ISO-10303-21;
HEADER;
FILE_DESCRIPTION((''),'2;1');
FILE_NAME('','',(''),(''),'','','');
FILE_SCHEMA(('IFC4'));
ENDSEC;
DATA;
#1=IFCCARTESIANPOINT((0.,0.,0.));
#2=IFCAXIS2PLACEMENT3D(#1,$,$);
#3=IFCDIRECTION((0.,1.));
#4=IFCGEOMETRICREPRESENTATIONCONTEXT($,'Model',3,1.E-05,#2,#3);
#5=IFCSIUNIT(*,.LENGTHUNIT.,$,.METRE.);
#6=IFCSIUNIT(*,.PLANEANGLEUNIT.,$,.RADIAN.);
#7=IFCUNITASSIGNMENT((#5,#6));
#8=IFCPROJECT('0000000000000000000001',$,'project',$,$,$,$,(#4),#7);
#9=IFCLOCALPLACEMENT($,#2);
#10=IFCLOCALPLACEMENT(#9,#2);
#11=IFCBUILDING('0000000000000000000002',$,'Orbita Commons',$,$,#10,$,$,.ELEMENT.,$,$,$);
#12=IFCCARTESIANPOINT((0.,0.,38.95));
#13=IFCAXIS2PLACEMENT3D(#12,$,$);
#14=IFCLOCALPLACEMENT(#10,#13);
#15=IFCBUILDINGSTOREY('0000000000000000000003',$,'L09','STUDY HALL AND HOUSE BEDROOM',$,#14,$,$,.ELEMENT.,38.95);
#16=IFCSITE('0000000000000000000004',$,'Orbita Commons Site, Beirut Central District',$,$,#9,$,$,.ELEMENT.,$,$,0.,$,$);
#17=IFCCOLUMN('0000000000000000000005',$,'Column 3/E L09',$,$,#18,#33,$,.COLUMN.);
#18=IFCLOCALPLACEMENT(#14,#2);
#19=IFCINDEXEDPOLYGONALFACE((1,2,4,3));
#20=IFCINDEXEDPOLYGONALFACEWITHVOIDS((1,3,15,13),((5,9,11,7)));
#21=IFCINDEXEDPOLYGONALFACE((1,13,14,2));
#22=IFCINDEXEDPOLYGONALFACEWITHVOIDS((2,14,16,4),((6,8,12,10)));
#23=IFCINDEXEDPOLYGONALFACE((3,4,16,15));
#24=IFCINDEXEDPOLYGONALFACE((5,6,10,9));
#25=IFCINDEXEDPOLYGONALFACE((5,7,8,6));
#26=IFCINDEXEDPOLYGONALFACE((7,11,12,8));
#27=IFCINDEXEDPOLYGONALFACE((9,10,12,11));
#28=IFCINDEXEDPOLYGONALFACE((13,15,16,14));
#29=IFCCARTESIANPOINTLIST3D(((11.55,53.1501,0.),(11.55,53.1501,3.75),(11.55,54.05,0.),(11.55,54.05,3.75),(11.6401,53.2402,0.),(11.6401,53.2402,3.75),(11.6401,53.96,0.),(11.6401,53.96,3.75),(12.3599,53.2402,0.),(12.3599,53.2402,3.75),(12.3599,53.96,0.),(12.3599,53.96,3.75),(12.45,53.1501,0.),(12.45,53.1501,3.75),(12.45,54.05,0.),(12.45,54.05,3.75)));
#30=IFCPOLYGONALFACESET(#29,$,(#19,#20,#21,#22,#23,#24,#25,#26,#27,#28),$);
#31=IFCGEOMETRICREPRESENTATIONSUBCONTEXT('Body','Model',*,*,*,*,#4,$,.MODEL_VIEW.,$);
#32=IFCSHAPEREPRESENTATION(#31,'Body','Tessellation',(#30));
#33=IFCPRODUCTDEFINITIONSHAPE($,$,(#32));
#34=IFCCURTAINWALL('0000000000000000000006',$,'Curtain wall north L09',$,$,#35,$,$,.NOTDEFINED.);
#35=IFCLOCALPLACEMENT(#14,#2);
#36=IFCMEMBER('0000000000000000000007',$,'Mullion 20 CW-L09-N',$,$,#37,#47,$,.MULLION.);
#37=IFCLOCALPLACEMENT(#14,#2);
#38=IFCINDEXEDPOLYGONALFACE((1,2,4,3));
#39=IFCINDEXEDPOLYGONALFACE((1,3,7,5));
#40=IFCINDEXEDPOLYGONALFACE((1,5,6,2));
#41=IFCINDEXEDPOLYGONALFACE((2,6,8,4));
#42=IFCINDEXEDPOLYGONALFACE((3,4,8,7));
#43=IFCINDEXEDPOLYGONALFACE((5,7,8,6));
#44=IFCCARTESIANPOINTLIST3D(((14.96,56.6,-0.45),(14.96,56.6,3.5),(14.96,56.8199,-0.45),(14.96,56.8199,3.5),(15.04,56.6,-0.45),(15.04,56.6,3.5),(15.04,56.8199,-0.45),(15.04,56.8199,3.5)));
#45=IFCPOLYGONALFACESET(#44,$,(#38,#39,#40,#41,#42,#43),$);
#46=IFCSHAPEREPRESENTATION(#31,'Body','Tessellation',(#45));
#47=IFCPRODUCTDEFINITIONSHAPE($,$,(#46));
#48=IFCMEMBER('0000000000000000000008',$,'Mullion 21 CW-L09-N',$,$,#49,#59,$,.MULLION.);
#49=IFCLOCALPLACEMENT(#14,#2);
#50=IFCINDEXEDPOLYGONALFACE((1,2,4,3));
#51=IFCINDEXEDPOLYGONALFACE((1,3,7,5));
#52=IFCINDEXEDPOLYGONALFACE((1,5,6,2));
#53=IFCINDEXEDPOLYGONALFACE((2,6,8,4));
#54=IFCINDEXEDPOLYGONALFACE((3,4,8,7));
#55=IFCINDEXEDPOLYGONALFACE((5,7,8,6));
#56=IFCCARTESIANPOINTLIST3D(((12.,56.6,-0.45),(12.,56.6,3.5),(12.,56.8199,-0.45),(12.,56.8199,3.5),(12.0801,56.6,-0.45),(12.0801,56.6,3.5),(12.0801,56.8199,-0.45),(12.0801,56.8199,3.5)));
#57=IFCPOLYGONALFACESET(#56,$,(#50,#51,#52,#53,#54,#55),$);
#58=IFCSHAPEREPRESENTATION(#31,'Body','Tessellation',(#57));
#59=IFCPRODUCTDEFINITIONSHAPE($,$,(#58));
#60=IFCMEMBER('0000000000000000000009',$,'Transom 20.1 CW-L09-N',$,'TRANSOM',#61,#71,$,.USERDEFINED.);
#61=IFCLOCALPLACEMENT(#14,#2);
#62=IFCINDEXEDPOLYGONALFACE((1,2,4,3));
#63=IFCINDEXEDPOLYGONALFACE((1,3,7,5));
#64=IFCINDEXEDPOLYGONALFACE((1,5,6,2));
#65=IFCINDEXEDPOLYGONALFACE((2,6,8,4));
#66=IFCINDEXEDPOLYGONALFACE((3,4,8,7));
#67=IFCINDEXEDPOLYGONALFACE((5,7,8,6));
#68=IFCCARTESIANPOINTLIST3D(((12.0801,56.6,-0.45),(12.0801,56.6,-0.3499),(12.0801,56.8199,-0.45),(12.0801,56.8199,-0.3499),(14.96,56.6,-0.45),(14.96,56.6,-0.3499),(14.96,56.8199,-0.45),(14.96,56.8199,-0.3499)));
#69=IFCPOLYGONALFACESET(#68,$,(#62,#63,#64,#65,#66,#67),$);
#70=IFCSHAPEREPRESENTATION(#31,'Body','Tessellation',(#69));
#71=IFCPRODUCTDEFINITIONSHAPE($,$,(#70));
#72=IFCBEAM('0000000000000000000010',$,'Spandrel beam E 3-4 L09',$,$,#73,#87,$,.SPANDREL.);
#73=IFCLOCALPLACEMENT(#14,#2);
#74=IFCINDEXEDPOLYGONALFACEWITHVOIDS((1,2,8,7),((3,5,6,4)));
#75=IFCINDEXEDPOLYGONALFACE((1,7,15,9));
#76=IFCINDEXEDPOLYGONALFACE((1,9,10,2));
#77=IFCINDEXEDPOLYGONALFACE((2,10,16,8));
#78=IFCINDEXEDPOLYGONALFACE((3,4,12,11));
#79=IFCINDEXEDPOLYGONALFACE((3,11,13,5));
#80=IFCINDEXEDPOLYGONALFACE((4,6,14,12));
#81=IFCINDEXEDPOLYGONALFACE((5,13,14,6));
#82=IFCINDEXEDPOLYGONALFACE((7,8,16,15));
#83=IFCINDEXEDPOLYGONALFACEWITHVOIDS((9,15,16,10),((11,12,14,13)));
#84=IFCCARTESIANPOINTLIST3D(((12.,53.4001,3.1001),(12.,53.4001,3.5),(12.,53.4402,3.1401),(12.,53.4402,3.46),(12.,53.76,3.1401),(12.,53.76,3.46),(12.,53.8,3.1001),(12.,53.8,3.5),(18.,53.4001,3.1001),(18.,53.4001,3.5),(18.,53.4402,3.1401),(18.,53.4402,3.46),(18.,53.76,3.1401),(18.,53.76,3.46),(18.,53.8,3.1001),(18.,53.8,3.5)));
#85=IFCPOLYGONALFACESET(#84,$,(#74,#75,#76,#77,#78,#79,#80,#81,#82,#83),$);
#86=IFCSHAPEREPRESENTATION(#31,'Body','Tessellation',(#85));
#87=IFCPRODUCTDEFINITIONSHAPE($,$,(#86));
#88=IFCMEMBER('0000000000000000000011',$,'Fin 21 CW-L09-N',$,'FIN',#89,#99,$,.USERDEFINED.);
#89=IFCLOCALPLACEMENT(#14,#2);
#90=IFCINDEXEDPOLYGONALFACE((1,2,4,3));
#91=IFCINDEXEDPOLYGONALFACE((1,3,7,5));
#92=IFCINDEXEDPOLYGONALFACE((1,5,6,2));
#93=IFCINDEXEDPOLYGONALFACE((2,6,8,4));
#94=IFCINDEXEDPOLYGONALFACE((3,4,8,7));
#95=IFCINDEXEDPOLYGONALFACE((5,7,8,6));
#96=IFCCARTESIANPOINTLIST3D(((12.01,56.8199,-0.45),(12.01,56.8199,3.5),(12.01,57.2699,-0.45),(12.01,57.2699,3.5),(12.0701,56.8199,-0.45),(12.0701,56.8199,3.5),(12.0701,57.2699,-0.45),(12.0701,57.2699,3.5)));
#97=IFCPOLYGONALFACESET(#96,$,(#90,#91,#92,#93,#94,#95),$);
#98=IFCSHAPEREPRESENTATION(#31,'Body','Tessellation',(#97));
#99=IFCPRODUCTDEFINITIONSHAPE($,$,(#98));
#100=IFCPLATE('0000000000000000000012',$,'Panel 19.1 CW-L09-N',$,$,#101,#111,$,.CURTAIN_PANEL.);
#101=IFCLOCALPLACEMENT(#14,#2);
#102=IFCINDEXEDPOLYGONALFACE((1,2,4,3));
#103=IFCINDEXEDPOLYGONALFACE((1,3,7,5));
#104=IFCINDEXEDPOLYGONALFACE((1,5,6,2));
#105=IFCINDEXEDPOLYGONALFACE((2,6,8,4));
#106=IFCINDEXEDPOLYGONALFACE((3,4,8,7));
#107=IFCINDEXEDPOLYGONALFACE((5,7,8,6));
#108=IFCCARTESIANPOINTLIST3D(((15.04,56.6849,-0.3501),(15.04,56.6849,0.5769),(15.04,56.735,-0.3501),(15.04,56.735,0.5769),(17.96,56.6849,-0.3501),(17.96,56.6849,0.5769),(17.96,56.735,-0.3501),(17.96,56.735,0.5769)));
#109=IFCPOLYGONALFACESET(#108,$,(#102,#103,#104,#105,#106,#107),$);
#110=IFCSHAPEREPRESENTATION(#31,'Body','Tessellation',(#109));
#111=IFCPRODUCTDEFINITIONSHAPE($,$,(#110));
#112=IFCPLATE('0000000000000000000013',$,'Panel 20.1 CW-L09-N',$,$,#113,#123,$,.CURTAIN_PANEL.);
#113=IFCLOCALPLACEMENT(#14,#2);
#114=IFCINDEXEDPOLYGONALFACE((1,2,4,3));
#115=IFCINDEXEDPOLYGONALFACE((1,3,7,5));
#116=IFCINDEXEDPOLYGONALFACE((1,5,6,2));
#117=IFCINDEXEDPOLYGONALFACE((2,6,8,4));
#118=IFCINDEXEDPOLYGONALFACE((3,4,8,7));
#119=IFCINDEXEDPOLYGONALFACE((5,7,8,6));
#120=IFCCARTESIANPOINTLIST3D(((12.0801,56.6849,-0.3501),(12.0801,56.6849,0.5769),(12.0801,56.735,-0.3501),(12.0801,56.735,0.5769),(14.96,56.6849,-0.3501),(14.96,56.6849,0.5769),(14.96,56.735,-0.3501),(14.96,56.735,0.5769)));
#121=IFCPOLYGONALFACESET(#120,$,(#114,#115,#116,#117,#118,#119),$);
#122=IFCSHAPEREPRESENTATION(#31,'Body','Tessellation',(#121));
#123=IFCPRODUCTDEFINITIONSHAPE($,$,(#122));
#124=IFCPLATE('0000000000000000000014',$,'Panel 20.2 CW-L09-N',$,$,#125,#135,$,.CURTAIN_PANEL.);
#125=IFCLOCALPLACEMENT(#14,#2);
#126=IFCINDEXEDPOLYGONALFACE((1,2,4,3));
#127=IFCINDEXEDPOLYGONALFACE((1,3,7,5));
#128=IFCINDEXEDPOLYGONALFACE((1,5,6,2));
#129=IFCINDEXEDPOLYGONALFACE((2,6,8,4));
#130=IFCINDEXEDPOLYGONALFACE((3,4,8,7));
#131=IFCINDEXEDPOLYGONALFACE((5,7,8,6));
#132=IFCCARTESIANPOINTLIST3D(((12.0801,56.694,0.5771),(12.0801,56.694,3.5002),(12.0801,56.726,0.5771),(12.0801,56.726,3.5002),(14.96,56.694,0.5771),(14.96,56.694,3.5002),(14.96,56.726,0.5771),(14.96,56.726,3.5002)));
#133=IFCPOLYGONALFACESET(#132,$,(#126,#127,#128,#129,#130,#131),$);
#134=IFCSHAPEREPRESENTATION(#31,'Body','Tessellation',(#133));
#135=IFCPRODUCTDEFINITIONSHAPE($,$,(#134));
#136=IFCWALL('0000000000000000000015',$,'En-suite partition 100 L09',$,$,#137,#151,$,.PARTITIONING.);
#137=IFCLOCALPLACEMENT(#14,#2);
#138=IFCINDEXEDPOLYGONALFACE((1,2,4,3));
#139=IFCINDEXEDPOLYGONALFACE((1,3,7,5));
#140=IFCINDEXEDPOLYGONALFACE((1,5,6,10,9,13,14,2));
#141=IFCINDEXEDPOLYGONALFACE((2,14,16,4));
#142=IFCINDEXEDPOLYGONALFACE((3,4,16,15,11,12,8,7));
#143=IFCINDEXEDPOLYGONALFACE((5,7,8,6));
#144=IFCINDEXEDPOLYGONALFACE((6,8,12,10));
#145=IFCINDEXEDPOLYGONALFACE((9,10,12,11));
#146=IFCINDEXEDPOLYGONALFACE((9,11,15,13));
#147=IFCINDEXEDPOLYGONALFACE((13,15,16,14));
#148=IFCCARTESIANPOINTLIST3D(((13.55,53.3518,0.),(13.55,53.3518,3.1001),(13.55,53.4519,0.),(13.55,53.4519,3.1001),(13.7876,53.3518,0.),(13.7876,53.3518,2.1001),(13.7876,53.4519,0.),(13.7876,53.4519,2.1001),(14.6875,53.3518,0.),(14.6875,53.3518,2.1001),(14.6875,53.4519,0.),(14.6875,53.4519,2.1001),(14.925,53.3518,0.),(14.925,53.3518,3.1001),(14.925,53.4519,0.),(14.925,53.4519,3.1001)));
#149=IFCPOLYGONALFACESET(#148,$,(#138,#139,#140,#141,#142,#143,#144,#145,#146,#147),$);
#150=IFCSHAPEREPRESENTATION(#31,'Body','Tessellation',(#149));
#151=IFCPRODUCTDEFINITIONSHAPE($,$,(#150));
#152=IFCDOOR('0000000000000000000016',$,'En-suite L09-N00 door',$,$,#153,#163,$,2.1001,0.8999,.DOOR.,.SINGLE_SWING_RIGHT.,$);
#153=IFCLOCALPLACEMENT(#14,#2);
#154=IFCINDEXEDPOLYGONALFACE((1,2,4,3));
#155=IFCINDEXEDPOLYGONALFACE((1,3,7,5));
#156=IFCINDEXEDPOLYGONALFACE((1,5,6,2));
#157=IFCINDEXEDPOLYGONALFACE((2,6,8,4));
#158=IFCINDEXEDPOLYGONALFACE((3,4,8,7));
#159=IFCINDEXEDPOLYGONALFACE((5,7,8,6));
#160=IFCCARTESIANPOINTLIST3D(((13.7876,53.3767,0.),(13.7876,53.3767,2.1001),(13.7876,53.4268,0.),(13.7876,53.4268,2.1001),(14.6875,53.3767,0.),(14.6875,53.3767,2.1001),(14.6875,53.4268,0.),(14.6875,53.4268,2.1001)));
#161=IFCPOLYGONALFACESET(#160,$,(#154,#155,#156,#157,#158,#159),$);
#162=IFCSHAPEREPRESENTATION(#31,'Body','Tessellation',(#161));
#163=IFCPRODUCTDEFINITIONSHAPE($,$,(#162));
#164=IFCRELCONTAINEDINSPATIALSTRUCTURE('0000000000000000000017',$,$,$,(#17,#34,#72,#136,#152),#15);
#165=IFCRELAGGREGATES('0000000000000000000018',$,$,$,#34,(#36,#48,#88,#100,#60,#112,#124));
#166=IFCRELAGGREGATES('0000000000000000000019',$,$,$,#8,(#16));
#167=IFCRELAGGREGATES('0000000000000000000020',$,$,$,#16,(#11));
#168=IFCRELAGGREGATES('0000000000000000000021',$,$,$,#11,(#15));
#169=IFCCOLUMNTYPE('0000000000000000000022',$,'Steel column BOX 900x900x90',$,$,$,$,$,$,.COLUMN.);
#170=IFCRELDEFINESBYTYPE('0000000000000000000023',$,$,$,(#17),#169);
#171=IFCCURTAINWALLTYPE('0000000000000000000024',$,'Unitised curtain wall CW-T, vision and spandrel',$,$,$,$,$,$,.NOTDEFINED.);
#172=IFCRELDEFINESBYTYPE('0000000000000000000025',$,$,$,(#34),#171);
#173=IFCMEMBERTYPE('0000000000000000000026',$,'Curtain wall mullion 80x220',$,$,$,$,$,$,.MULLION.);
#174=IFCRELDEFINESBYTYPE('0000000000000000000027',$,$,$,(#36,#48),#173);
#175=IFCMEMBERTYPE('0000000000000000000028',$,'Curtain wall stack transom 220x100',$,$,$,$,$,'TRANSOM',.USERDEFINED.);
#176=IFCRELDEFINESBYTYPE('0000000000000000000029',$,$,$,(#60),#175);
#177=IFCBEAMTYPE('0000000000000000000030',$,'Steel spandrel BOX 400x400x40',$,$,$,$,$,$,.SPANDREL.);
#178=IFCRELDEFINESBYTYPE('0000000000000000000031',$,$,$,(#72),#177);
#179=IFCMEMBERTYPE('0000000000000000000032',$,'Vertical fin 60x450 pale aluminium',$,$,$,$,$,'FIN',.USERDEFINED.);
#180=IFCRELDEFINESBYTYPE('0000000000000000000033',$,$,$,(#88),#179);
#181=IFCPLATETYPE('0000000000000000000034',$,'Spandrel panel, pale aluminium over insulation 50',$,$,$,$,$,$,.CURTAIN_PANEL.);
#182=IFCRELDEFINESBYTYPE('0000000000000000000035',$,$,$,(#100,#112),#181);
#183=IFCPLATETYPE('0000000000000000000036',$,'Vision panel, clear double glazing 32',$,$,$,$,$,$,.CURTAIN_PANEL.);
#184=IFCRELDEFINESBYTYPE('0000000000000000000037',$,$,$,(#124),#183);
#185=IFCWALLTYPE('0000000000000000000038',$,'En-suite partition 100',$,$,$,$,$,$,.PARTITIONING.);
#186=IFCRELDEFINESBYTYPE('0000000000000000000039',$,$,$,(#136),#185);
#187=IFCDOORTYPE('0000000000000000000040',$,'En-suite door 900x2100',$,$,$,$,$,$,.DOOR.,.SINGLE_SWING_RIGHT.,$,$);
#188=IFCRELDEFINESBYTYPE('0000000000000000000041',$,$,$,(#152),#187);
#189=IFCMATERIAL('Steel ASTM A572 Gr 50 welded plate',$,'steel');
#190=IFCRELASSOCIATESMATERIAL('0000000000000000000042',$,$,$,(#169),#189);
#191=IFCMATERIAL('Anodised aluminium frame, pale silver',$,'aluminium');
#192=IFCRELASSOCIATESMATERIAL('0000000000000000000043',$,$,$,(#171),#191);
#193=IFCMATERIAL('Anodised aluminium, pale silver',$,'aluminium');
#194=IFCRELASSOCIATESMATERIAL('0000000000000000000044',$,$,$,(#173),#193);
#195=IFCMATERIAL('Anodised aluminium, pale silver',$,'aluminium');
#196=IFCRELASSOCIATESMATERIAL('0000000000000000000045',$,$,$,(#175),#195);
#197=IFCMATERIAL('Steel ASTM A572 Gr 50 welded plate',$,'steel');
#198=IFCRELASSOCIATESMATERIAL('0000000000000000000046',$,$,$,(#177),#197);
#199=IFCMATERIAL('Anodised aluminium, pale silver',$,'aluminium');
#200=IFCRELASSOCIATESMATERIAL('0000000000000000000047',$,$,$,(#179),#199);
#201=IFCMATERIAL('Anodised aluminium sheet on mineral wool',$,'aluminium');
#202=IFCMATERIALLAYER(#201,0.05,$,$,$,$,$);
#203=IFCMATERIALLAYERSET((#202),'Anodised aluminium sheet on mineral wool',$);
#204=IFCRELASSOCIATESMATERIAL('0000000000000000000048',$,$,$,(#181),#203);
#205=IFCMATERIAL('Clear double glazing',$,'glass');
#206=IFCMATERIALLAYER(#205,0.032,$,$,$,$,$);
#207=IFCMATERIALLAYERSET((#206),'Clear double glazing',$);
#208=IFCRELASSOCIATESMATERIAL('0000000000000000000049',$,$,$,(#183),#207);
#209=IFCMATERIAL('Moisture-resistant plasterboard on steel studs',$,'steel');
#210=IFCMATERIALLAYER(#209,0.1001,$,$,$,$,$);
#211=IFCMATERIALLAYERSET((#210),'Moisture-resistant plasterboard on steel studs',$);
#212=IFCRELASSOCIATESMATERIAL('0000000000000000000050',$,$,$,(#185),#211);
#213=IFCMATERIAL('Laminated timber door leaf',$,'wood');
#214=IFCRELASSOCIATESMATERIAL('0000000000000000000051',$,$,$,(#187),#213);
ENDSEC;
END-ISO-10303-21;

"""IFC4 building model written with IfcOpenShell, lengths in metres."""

from ifc_helpers import new_model, si_unit, direction, frame, frame_2d, origin, origin_2d, place, context, subcontext, project, spatial, polyline, rectangle, hollow_rectangle, outline, extrude, material, layer, layer_set, material_profile, profile_set, type_object, element, fill, aggregate, save


model = new_model("IFC4")

# Units and contexts
model_context = context("Model", 3, precision=1e-05, world=origin(), true_north=direction((0.0, 1.0)))
body_context = subcontext(model_context, "Body", "Model", "MODEL_VIEW")
ifc_project = project(units=[si_unit("LENGTHUNIT", "METRE"), si_unit("PLANEANGLEUNIT", "RADIAN")], contexts=[model_context])

# Site, building, storey
site_placement = place(None, origin())
site = spatial("IfcSite", under=ifc_project, at=site_placement, Name="Orbita Commons Site, Beirut Central District", CompositionType="ELEMENT", RefElevation=0.0)
building_placement = place(site_placement, origin())
building = spatial("IfcBuilding", under=site, at=building_placement, Name="Orbita Commons", CompositionType="ELEMENT")
storey_placement = place(building_placement, frame((0.0, 0.0, 38.95)))
storey = spatial("IfcBuildingStorey", under=building, at=storey_placement, Name="L09", Description="STUDY HALL AND HOUSE BEDROOM", CompositionType="ELEMENT", Elevation=38.95)

# Column
ifc_material_1 = material(Name="Steel ASTM A572 Gr 50 welded plate", Category="steel")
ifc_material_profile_1 = material_profile(ifc_material_1, hollow_rectangle(XDim=0.8999, YDim=0.8999, WallThickness=0.0901, at=origin_2d()), Name="BOX 900x900x90")
ifc_profile_set_1 = profile_set([ifc_material_profile_1], Name="Steel ASTM A572 Gr 50 welded plate")
column_type = type_object("IfcColumnType", Name="Steel column BOX 900x900x90", PredefinedType="COLUMN", material=ifc_profile_set_1)
column_placement = place(storey_placement, frame((12.0, 53.6001, 0.0), z_axis=(0.0, 0.0, 1.0), x_axis=(1.0, 0.0, 0.0)))
element("IfcColumn", 1, at=column_placement, inside=storey, type_object=column_type, Name="Column 3/E L09", PredefinedType="COLUMN", context=body_context, shape_type="SweptSolid", body=[
    extrude(hollow_rectangle(XDim=0.8999, YDim=0.8999, WallThickness=0.0901, at=origin_2d()), origin(), (0.0, 0.0, 1.0), 3.75),
])

# Curtain wall, members
ifc_material_2 = material(Name="Anodised aluminium frame, pale silver", Category="aluminium")
curtain_wall_type = type_object("IfcCurtainWallType", Name="Unitised curtain wall CW-T, vision and spandrel", PredefinedType="NOTDEFINED", material=ifc_material_2)
curtain_wall_placement = place(storey_placement, origin())
curtain_wall = element("IfcCurtainWall", 2, at=curtain_wall_placement, inside=storey, type_object=curtain_wall_type, Name="Curtain wall north L09", PredefinedType="NOTDEFINED")
ifc_material_3 = material(Name="Anodised aluminium, pale silver", Category="aluminium")
ifc_material_profile_2 = material_profile(ifc_material_3, rectangle(XDim=0.0801, YDim=0.22, at=origin_2d()), Name="AL 80x220")
ifc_profile_set_2 = profile_set([ifc_material_profile_2], Name="Anodised aluminium, pale silver")
member_type_1 = type_object("IfcMemberType", Name="Curtain wall mullion 80x220", PredefinedType="MULLION", material=ifc_profile_set_2)
member_1_placement = place(storey_placement, frame((15.0, 56.71, -0.45), z_axis=(0.0, 0.0, 1.0), x_axis=(-1.0, 0.0, 0.0)))
member_1 = element("IfcMember", 3, at=member_1_placement, type_object=member_type_1, Name="Mullion 20 CW-L09-N", PredefinedType="MULLION", context=body_context, shape_type="SweptSolid", body=[
    extrude(rectangle(XDim=0.0801, YDim=0.22, at=origin_2d()), origin(), (0.0, 0.0, 1.0), 3.95),
])
member_2_placement = place(storey_placement, frame((12.04, 56.71, -0.45), z_axis=(0.0, 0.0, 1.0), x_axis=(-1.0, 0.0, 0.0)))
member_2 = element("IfcMember", 4, at=member_2_placement, type_object=member_type_1, Name="Mullion 21 CW-L09-N", PredefinedType="MULLION", context=body_context, shape_type="SweptSolid", body=[
    extrude(rectangle(XDim=0.0801, YDim=0.22, at=origin_2d()), origin(), (0.0, 0.0, 1.0), 3.95),
])
ifc_material_4 = material(Name="Anodised aluminium, pale silver", Category="aluminium")
ifc_material_profile_3 = material_profile(ifc_material_4, rectangle(XDim=0.22, YDim=0.1001, at=origin_2d()), Name="AL 220x100")
ifc_profile_set_3 = profile_set([ifc_material_profile_3], Name="Anodised aluminium, pale silver")
member_type_2 = type_object("IfcMemberType", Name="Curtain wall stack transom 220x100", ElementType="TRANSOM", PredefinedType="USERDEFINED", material=ifc_profile_set_3)
member_3_placement = place(storey_placement, frame((14.96, 56.71, -0.3999), z_axis=(-1.0, 0.0, 0.0), x_axis=(0.0, -1.0, 0.0)))
member_3 = element("IfcMember", 5, at=member_3_placement, type_object=member_type_2, Name="Transom 20.1 CW-L09-N", ObjectType="TRANSOM", PredefinedType="USERDEFINED", context=body_context, shape_type="SweptSolid", body=[
    extrude(rectangle(XDim=0.22, YDim=0.1001, at=origin_2d()), origin(), (0.0, 0.0, 1.0), 2.8799),
])

# Beam
ifc_material_5 = material(Name="Steel ASTM A572 Gr 50 welded plate", Category="steel")
ifc_material_profile_4 = material_profile(ifc_material_5, hollow_rectangle(XDim=0.3999, YDim=0.3999, WallThickness=0.04, at=origin_2d()), Name="BOX 400x400x40")
ifc_profile_set_4 = profile_set([ifc_material_profile_4], Name="Steel ASTM A572 Gr 50 welded plate")
beam_type = type_object("IfcBeamType", Name="Steel spandrel BOX 400x400x40", PredefinedType="SPANDREL", material=ifc_profile_set_4)
beam_placement = place(storey_placement, frame((12.0, 53.6001, 3.3), z_axis=(1.0, 0.0, 0.0), x_axis=(0.0, 1.0, 0.0)))
element("IfcBeam", 6, at=beam_placement, inside=storey, type_object=beam_type, Name="Spandrel beam E 3-4 L09", PredefinedType="SPANDREL", context=body_context, shape_type="SweptSolid", body=[
    extrude(hollow_rectangle(XDim=0.3999, YDim=0.3999, WallThickness=0.04, at=origin_2d()), origin(), (0.0, 0.0, 1.0), 6.0),
])

# Member
ifc_material_6 = material(Name="Anodised aluminium, pale silver", Category="aluminium")
ifc_material_profile_5 = material_profile(ifc_material_6, rectangle(XDim=0.0601, YDim=0.45, at=origin_2d()), Name="FIN 60x450")
ifc_profile_set_5 = profile_set([ifc_material_profile_5], Name="Anodised aluminium, pale silver")
member_type_3 = type_object("IfcMemberType", Name="Vertical fin 60x450 pale aluminium", ElementType="FIN", PredefinedType="USERDEFINED", material=ifc_profile_set_5)
member_4_placement = place(storey_placement, frame((12.04, 57.0449, -0.45), z_axis=(0.0, 0.0, 1.0), x_axis=(-1.0, 0.0, 0.0)))
member_4 = element("IfcMember", 7, at=member_4_placement, type_object=member_type_3, Name="Fin 21 CW-L09-N", ObjectType="FIN", PredefinedType="USERDEFINED", context=body_context, shape_type="SweptSolid", body=[
    extrude(rectangle(XDim=0.0601, YDim=0.45, at=origin_2d()), origin(), (0.0, 0.0, 1.0), 3.95),
])

# Plates
ifc_material_7 = material(Name="Anodised aluminium sheet on mineral wool", Category="aluminium")
ifc_layer_1 = layer(ifc_material_7, 0.05)
ifc_layer_set_1 = layer_set([ifc_layer_1], Name="Anodised aluminium sheet on mineral wool")
plate_type_1 = type_object("IfcPlateType", Name="Spandrel panel, pale aluminium over insulation 50", PredefinedType="CURTAIN_PANEL", material=ifc_layer_set_1)
plate_1_placement = place(storey_placement, frame((16.5, 56.71, -0.3501), z_axis=(0.0, 0.0, 1.0), x_axis=(-1.0, 0.0, 0.0)))
plate_1 = element("IfcPlate", 8, at=plate_1_placement, type_object=plate_type_1, Name="Panel 19.1 CW-L09-N", PredefinedType="CURTAIN_PANEL", context=body_context, shape_type="SweptSolid", body=[
    extrude(rectangle(XDim=2.9199, YDim=0.05, at=origin_2d()), origin(), (0.0, 0.0, 1.0), 0.927),
])
plate_2_placement = place(storey_placement, frame((13.52, 56.71, -0.3501), z_axis=(0.0, 0.0, 1.0), x_axis=(-1.0, 0.0, 0.0)))
plate_2 = element("IfcPlate", 9, at=plate_2_placement, type_object=plate_type_1, Name="Panel 20.1 CW-L09-N", PredefinedType="CURTAIN_PANEL", context=body_context, shape_type="SweptSolid", body=[
    extrude(rectangle(XDim=2.8799, YDim=0.05, at=origin_2d()), origin(), (0.0, 0.0, 1.0), 0.927),
])
ifc_material_8 = material(Name="Clear double glazing", Category="glass")
ifc_layer_2 = layer(ifc_material_8, 0.032)
ifc_layer_set_2 = layer_set([ifc_layer_2], Name="Clear double glazing")
plate_type_2 = type_object("IfcPlateType", Name="Vision panel, clear double glazing 32", PredefinedType="CURTAIN_PANEL", material=ifc_layer_set_2)
plate_3_placement = place(storey_placement, frame((13.52, 56.71, 0.5771), z_axis=(0.0, 0.0, 1.0), x_axis=(-1.0, 0.0, 0.0)))
plate_3 = element("IfcPlate", 10, at=plate_3_placement, type_object=plate_type_2, Name="Panel 20.2 CW-L09-N", PredefinedType="CURTAIN_PANEL", context=body_context, shape_type="SweptSolid", body=[
    extrude(rectangle(XDim=2.8799, YDim=0.032, at=origin_2d()), origin(), (0.0, 0.0, 1.0), 2.9231),
])
aggregate(curtain_wall, [member_1, member_2, member_4, plate_1, member_3, plate_2, plate_3])

# Wall, opening, door
ifc_material_9 = material(Name="Moisture-resistant plasterboard on steel studs", Category="steel")
ifc_layer_3 = layer(ifc_material_9, 0.1001)
ifc_layer_set_3 = layer_set([ifc_layer_3], Name="Moisture-resistant plasterboard on steel studs")
wall_type_1 = type_object("IfcWallType", Name="En-suite partition 100", PredefinedType="PARTITIONING", material=ifc_layer_set_3)
wall_1_placement = place(storey_placement, frame((13.55, 53.4019, 0.0), z_axis=(0.0, 0.0, 1.0), x_axis=(1.0, 0.0, 0.0)))
wall_1 = element("IfcWall", 11, at=wall_1_placement, inside=storey, type_object=wall_type_1, Name="En-suite partition 100 L09", PredefinedType="PARTITIONING", context=body_context, shape_type="SweptSolid", body=[
    extrude(outline(polyline([(0.0, 0.0), (1.375, 0.0), (1.375, 3.1001), (0.0, 3.1001), (0.0, 0.0)])), frame((0.0, 0.05, 0.0), z_axis=(0.0, -1.0, 0.0), x_axis=(1.0, 0.0, 0.0)), (0.0, 0.0, 1.0), 0.1001),
])
opening_1_placement = place(wall_1_placement, frame((0.2375, 0.0, 0.0)))
opening_1 = element("IfcOpeningElement", 12, at=opening_1_placement, cuts=wall_1, PredefinedType="OPENING", context=body_context, shape_type="SweptSolid", body=[
    extrude(rectangle(XDim=0.8999, YDim=2.1001, at=frame_2d((0.45, 1.05))), frame((0.0, 0.0601, 0.0), z_axis=(0.0, -1.0, 0.0), x_axis=(1.0, 0.0, 0.0)), (0.0, 0.0, 1.0), 0.1201),
])
ifc_material_10 = material(Name="Laminated timber door leaf", Category="wood")
door_type = type_object("IfcDoorType", Name="En-suite door 900x2100", OperationType="SINGLE_SWING_RIGHT", PredefinedType="DOOR", material=ifc_material_10)
door_1_placement = place(opening_1_placement, origin())
door_1 = element("IfcDoor", 13, at=door_1_placement, inside=storey, type_object=door_type, Name="En-suite L09-N00 door", OperationType="SINGLE_SWING_RIGHT", OverallHeight=2.1001, OverallWidth=0.8999, PredefinedType="DOOR", context=body_context, shape_type="SweptSolid", body=[
    extrude(rectangle(XDim=0.8999, YDim=2.1001, at=frame_2d((0.45, 1.05))), frame((0.0, 0.0249, 0.0), z_axis=(0.0, -1.0, 0.0), x_axis=(1.0, 0.0, 0.0)), (0.0, 0.0, 1.0), 0.05),
])
fill(opening_1, door_1)

save(model, "model.ifc")
